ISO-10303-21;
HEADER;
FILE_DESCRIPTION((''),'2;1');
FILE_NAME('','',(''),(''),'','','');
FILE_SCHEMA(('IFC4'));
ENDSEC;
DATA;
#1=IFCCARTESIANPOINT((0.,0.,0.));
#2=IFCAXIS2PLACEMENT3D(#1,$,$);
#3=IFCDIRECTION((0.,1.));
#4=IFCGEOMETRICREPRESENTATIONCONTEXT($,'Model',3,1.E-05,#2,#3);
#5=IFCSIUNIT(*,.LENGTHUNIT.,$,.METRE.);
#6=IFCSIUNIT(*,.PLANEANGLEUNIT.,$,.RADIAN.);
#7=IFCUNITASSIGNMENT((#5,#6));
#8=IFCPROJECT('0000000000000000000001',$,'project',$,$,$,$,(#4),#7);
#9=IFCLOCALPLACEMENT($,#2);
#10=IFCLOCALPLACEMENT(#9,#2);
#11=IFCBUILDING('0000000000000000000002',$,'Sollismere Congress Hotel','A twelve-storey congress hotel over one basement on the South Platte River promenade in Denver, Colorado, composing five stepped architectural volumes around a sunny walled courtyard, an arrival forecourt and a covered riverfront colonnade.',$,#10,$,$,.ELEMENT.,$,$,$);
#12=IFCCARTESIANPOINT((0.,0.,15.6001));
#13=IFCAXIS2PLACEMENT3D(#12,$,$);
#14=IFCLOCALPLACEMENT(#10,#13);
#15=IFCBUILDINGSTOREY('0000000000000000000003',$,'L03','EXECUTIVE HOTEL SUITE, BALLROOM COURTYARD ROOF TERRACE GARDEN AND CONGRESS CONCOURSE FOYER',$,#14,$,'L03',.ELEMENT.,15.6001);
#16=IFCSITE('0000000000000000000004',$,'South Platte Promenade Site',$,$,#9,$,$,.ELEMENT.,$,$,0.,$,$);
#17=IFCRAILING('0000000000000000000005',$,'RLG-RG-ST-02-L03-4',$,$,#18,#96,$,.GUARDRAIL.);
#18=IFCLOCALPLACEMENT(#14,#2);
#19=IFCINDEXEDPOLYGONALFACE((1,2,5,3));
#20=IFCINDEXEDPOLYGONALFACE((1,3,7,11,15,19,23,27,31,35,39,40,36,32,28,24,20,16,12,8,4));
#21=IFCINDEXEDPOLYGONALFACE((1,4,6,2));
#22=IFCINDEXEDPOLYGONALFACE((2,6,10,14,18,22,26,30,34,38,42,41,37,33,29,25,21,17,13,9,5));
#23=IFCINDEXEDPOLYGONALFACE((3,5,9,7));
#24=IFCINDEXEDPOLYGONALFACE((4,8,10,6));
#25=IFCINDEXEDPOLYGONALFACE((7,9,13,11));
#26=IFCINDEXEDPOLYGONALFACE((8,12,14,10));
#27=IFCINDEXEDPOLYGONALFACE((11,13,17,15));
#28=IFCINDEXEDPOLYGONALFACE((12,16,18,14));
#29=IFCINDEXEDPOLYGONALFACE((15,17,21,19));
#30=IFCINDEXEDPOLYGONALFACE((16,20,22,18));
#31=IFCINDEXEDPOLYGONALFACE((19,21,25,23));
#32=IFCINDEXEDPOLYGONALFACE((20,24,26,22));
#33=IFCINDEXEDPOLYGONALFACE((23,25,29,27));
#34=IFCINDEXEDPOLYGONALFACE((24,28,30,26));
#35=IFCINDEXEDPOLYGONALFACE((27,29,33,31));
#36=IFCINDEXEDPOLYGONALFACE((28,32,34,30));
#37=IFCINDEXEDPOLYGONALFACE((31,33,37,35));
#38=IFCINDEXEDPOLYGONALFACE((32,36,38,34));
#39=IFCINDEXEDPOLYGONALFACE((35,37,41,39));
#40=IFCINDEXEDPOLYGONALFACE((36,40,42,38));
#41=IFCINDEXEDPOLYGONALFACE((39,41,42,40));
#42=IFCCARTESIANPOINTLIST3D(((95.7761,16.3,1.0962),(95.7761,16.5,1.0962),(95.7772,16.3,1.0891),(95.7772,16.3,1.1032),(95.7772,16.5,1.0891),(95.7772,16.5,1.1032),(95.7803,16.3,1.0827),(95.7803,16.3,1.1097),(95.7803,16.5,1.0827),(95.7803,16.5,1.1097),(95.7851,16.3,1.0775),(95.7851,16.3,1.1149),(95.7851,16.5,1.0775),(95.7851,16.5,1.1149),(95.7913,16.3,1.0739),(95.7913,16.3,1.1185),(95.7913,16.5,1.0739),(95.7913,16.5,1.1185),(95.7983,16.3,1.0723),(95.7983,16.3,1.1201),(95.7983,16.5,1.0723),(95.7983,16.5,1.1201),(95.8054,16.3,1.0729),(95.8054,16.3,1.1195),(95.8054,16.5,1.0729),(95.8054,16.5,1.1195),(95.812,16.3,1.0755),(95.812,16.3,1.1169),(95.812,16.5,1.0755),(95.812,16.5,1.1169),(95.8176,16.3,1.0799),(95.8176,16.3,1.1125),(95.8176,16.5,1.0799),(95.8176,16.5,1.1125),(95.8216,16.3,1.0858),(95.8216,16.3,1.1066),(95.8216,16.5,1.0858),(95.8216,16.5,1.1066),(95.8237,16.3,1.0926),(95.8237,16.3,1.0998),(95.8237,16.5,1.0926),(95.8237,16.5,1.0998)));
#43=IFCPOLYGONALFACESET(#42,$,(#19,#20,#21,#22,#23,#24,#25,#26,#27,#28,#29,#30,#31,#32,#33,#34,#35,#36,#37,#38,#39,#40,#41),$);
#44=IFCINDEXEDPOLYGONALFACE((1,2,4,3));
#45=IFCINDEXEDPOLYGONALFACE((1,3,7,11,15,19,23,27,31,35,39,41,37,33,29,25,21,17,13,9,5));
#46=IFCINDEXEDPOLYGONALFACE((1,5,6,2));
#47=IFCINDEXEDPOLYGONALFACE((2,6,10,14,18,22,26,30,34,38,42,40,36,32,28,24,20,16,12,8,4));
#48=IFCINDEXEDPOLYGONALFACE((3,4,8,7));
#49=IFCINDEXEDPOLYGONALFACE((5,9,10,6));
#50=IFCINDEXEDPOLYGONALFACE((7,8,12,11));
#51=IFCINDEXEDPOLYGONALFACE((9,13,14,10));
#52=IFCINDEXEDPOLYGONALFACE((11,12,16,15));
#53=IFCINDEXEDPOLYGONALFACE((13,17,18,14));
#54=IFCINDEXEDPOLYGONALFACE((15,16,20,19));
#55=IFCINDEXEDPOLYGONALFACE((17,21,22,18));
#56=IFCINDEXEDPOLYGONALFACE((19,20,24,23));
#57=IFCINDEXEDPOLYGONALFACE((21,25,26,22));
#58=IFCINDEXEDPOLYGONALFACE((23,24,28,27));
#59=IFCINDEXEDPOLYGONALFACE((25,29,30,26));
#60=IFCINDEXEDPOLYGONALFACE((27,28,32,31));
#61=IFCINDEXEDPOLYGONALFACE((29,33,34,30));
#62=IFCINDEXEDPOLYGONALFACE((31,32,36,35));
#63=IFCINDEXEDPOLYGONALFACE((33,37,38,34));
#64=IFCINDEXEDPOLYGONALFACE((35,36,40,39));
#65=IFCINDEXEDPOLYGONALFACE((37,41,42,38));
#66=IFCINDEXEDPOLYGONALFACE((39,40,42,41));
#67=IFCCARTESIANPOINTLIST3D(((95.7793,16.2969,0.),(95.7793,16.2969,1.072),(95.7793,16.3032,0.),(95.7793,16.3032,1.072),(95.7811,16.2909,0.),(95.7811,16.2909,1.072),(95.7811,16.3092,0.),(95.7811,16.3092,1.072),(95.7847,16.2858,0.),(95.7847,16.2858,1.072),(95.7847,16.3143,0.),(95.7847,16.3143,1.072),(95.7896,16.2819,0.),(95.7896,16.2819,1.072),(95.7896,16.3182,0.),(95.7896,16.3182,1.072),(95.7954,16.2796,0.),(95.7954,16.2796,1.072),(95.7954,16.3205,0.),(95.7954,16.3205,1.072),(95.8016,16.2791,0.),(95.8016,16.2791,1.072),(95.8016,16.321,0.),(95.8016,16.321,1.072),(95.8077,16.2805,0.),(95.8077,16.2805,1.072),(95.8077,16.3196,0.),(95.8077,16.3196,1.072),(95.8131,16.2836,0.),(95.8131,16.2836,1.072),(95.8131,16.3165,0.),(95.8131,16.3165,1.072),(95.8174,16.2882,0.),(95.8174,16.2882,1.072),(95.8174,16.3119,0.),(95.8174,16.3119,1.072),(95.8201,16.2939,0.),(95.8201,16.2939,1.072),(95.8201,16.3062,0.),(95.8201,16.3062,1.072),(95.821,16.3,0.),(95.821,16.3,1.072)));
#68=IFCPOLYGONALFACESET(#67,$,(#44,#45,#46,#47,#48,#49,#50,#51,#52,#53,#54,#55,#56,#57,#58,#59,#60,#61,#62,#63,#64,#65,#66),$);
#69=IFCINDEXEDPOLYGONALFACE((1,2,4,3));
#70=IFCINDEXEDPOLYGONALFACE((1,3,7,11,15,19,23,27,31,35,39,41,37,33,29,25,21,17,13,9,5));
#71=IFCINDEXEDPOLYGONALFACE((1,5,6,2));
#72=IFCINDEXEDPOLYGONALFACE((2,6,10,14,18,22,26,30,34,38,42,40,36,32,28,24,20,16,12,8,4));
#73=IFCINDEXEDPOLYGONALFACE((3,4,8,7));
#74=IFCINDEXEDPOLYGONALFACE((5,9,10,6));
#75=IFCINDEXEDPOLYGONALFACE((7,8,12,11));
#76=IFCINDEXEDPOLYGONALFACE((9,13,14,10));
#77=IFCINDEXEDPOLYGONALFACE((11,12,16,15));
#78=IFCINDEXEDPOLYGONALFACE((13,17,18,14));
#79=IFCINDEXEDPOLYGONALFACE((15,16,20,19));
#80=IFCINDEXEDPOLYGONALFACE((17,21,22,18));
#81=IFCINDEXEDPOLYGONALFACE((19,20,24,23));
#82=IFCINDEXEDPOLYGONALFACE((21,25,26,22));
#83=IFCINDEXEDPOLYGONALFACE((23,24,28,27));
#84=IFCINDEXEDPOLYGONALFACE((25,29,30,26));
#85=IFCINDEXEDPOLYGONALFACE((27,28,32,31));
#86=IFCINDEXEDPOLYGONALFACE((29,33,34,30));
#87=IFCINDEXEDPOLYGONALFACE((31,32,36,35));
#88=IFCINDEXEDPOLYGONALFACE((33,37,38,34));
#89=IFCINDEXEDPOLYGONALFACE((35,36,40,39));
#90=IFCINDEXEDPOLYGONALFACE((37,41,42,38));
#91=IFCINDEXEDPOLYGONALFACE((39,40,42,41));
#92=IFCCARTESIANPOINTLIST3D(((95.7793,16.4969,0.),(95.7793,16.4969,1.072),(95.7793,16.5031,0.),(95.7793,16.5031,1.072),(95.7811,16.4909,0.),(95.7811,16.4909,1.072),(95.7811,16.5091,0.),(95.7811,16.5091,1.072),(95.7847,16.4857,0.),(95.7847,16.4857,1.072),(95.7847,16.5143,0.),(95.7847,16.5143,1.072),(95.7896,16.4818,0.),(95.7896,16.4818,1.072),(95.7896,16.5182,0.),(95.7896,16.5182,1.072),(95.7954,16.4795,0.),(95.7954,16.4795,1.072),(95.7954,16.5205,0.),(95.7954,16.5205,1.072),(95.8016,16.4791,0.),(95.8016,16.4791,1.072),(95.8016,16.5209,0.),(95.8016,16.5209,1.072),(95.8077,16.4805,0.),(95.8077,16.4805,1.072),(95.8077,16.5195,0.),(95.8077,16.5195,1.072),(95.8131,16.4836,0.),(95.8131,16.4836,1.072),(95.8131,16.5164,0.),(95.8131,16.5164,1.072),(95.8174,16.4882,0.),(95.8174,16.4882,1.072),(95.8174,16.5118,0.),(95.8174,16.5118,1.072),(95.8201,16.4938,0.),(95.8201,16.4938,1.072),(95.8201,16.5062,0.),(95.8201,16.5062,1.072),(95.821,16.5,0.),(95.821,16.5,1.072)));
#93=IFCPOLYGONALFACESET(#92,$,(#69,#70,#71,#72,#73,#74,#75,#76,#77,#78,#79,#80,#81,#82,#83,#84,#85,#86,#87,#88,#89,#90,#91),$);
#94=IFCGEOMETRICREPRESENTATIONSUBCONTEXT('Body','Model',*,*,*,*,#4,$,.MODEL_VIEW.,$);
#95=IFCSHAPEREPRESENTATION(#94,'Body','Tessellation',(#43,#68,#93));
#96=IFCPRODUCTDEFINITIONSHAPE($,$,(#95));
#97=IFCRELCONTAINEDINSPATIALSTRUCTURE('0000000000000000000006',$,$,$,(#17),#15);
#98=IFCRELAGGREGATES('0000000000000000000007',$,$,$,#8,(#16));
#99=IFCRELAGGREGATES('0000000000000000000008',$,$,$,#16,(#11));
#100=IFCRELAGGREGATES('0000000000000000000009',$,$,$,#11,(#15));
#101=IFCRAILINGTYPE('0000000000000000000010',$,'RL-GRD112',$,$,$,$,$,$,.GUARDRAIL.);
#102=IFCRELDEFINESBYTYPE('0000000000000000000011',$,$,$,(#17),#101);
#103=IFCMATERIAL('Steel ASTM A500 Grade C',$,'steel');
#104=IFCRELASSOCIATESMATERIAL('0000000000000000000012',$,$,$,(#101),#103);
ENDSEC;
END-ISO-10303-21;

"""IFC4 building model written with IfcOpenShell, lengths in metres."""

from ifc_helpers import new_model, si_unit, direction, frame, origin, origin_2d, place, context, subcontext, project, spatial, circle, extrude, material, type_object, element, save


model = new_model("IFC4")

# Units and contexts
model_context = context("Model", 3, precision=1e-05, world=origin(), true_north=direction((0.0, 1.0)))
body_context = subcontext(model_context, "Body", "Model", "MODEL_VIEW")
ifc_project = project(units=[si_unit("LENGTHUNIT", "METRE"), si_unit("PLANEANGLEUNIT", "RADIAN")], contexts=[model_context])

# Site, building, storey
site_placement = place(None, origin())
site = spatial("IfcSite", under=ifc_project, at=site_placement, Name="South Platte Promenade Site", CompositionType="ELEMENT", RefElevation=0.0)
building_placement = place(site_placement, origin())
building = spatial("IfcBuilding", under=site, at=building_placement, Name="Sollismere Congress Hotel", Description="A twelve-storey congress hotel over one basement on the South Platte River promenade in Denver, Colorado, composing five stepped architectural volumes around a sunny walled courtyard, an arrival forecourt and a covered riverfront colonnade.", CompositionType="ELEMENT")
storey_placement = place(building_placement, frame((0.0, 0.0, 15.6001)))
storey = spatial("IfcBuildingStorey", under=building, at=storey_placement, Name="L03", Description="EXECUTIVE HOTEL SUITE, BALLROOM COURTYARD ROOF TERRACE GARDEN AND CONGRESS CONCOURSE FOYER", LongName="L03", CompositionType="ELEMENT", Elevation=15.6001)

# Shared definitions
ifc_material_1 = material(Name="Steel ASTM A500 Grade C", Category="steel")

# Railing
railing_type = type_object("IfcRailingType", Name="RL-GRD112", PredefinedType="GUARDRAIL", material=ifc_material_1)
railing_placement = place(storey_placement, frame((95.8, 16.3, 0.0)))
element("IfcRailing", 1, at=railing_placement, inside=storey, type_object=railing_type, Name="RLG-RG-ST-02-L03-4", PredefinedType="GUARDRAIL", context=body_context, shape_type="SweptSolid", body=[
    extrude(circle(Radius=0.0239, at=origin_2d()), frame((0.0, 0.0, 1.0962), z_axis=(0.0, 1.0, 0.0), x_axis=(-1.0, 0.0, 0.0)), (0.0, 0.0, 1.0), 0.2),
    extrude(circle(Radius=0.021, at=origin_2d()), origin(), (0.0, 0.0, 1.0), 1.072),
    extrude(circle(Radius=0.021, at=origin_2d()), frame((0.0, 0.2, 0.0)), (0.0, 0.0, 1.0), 1.072),
])

save(model, "model.ifc")
